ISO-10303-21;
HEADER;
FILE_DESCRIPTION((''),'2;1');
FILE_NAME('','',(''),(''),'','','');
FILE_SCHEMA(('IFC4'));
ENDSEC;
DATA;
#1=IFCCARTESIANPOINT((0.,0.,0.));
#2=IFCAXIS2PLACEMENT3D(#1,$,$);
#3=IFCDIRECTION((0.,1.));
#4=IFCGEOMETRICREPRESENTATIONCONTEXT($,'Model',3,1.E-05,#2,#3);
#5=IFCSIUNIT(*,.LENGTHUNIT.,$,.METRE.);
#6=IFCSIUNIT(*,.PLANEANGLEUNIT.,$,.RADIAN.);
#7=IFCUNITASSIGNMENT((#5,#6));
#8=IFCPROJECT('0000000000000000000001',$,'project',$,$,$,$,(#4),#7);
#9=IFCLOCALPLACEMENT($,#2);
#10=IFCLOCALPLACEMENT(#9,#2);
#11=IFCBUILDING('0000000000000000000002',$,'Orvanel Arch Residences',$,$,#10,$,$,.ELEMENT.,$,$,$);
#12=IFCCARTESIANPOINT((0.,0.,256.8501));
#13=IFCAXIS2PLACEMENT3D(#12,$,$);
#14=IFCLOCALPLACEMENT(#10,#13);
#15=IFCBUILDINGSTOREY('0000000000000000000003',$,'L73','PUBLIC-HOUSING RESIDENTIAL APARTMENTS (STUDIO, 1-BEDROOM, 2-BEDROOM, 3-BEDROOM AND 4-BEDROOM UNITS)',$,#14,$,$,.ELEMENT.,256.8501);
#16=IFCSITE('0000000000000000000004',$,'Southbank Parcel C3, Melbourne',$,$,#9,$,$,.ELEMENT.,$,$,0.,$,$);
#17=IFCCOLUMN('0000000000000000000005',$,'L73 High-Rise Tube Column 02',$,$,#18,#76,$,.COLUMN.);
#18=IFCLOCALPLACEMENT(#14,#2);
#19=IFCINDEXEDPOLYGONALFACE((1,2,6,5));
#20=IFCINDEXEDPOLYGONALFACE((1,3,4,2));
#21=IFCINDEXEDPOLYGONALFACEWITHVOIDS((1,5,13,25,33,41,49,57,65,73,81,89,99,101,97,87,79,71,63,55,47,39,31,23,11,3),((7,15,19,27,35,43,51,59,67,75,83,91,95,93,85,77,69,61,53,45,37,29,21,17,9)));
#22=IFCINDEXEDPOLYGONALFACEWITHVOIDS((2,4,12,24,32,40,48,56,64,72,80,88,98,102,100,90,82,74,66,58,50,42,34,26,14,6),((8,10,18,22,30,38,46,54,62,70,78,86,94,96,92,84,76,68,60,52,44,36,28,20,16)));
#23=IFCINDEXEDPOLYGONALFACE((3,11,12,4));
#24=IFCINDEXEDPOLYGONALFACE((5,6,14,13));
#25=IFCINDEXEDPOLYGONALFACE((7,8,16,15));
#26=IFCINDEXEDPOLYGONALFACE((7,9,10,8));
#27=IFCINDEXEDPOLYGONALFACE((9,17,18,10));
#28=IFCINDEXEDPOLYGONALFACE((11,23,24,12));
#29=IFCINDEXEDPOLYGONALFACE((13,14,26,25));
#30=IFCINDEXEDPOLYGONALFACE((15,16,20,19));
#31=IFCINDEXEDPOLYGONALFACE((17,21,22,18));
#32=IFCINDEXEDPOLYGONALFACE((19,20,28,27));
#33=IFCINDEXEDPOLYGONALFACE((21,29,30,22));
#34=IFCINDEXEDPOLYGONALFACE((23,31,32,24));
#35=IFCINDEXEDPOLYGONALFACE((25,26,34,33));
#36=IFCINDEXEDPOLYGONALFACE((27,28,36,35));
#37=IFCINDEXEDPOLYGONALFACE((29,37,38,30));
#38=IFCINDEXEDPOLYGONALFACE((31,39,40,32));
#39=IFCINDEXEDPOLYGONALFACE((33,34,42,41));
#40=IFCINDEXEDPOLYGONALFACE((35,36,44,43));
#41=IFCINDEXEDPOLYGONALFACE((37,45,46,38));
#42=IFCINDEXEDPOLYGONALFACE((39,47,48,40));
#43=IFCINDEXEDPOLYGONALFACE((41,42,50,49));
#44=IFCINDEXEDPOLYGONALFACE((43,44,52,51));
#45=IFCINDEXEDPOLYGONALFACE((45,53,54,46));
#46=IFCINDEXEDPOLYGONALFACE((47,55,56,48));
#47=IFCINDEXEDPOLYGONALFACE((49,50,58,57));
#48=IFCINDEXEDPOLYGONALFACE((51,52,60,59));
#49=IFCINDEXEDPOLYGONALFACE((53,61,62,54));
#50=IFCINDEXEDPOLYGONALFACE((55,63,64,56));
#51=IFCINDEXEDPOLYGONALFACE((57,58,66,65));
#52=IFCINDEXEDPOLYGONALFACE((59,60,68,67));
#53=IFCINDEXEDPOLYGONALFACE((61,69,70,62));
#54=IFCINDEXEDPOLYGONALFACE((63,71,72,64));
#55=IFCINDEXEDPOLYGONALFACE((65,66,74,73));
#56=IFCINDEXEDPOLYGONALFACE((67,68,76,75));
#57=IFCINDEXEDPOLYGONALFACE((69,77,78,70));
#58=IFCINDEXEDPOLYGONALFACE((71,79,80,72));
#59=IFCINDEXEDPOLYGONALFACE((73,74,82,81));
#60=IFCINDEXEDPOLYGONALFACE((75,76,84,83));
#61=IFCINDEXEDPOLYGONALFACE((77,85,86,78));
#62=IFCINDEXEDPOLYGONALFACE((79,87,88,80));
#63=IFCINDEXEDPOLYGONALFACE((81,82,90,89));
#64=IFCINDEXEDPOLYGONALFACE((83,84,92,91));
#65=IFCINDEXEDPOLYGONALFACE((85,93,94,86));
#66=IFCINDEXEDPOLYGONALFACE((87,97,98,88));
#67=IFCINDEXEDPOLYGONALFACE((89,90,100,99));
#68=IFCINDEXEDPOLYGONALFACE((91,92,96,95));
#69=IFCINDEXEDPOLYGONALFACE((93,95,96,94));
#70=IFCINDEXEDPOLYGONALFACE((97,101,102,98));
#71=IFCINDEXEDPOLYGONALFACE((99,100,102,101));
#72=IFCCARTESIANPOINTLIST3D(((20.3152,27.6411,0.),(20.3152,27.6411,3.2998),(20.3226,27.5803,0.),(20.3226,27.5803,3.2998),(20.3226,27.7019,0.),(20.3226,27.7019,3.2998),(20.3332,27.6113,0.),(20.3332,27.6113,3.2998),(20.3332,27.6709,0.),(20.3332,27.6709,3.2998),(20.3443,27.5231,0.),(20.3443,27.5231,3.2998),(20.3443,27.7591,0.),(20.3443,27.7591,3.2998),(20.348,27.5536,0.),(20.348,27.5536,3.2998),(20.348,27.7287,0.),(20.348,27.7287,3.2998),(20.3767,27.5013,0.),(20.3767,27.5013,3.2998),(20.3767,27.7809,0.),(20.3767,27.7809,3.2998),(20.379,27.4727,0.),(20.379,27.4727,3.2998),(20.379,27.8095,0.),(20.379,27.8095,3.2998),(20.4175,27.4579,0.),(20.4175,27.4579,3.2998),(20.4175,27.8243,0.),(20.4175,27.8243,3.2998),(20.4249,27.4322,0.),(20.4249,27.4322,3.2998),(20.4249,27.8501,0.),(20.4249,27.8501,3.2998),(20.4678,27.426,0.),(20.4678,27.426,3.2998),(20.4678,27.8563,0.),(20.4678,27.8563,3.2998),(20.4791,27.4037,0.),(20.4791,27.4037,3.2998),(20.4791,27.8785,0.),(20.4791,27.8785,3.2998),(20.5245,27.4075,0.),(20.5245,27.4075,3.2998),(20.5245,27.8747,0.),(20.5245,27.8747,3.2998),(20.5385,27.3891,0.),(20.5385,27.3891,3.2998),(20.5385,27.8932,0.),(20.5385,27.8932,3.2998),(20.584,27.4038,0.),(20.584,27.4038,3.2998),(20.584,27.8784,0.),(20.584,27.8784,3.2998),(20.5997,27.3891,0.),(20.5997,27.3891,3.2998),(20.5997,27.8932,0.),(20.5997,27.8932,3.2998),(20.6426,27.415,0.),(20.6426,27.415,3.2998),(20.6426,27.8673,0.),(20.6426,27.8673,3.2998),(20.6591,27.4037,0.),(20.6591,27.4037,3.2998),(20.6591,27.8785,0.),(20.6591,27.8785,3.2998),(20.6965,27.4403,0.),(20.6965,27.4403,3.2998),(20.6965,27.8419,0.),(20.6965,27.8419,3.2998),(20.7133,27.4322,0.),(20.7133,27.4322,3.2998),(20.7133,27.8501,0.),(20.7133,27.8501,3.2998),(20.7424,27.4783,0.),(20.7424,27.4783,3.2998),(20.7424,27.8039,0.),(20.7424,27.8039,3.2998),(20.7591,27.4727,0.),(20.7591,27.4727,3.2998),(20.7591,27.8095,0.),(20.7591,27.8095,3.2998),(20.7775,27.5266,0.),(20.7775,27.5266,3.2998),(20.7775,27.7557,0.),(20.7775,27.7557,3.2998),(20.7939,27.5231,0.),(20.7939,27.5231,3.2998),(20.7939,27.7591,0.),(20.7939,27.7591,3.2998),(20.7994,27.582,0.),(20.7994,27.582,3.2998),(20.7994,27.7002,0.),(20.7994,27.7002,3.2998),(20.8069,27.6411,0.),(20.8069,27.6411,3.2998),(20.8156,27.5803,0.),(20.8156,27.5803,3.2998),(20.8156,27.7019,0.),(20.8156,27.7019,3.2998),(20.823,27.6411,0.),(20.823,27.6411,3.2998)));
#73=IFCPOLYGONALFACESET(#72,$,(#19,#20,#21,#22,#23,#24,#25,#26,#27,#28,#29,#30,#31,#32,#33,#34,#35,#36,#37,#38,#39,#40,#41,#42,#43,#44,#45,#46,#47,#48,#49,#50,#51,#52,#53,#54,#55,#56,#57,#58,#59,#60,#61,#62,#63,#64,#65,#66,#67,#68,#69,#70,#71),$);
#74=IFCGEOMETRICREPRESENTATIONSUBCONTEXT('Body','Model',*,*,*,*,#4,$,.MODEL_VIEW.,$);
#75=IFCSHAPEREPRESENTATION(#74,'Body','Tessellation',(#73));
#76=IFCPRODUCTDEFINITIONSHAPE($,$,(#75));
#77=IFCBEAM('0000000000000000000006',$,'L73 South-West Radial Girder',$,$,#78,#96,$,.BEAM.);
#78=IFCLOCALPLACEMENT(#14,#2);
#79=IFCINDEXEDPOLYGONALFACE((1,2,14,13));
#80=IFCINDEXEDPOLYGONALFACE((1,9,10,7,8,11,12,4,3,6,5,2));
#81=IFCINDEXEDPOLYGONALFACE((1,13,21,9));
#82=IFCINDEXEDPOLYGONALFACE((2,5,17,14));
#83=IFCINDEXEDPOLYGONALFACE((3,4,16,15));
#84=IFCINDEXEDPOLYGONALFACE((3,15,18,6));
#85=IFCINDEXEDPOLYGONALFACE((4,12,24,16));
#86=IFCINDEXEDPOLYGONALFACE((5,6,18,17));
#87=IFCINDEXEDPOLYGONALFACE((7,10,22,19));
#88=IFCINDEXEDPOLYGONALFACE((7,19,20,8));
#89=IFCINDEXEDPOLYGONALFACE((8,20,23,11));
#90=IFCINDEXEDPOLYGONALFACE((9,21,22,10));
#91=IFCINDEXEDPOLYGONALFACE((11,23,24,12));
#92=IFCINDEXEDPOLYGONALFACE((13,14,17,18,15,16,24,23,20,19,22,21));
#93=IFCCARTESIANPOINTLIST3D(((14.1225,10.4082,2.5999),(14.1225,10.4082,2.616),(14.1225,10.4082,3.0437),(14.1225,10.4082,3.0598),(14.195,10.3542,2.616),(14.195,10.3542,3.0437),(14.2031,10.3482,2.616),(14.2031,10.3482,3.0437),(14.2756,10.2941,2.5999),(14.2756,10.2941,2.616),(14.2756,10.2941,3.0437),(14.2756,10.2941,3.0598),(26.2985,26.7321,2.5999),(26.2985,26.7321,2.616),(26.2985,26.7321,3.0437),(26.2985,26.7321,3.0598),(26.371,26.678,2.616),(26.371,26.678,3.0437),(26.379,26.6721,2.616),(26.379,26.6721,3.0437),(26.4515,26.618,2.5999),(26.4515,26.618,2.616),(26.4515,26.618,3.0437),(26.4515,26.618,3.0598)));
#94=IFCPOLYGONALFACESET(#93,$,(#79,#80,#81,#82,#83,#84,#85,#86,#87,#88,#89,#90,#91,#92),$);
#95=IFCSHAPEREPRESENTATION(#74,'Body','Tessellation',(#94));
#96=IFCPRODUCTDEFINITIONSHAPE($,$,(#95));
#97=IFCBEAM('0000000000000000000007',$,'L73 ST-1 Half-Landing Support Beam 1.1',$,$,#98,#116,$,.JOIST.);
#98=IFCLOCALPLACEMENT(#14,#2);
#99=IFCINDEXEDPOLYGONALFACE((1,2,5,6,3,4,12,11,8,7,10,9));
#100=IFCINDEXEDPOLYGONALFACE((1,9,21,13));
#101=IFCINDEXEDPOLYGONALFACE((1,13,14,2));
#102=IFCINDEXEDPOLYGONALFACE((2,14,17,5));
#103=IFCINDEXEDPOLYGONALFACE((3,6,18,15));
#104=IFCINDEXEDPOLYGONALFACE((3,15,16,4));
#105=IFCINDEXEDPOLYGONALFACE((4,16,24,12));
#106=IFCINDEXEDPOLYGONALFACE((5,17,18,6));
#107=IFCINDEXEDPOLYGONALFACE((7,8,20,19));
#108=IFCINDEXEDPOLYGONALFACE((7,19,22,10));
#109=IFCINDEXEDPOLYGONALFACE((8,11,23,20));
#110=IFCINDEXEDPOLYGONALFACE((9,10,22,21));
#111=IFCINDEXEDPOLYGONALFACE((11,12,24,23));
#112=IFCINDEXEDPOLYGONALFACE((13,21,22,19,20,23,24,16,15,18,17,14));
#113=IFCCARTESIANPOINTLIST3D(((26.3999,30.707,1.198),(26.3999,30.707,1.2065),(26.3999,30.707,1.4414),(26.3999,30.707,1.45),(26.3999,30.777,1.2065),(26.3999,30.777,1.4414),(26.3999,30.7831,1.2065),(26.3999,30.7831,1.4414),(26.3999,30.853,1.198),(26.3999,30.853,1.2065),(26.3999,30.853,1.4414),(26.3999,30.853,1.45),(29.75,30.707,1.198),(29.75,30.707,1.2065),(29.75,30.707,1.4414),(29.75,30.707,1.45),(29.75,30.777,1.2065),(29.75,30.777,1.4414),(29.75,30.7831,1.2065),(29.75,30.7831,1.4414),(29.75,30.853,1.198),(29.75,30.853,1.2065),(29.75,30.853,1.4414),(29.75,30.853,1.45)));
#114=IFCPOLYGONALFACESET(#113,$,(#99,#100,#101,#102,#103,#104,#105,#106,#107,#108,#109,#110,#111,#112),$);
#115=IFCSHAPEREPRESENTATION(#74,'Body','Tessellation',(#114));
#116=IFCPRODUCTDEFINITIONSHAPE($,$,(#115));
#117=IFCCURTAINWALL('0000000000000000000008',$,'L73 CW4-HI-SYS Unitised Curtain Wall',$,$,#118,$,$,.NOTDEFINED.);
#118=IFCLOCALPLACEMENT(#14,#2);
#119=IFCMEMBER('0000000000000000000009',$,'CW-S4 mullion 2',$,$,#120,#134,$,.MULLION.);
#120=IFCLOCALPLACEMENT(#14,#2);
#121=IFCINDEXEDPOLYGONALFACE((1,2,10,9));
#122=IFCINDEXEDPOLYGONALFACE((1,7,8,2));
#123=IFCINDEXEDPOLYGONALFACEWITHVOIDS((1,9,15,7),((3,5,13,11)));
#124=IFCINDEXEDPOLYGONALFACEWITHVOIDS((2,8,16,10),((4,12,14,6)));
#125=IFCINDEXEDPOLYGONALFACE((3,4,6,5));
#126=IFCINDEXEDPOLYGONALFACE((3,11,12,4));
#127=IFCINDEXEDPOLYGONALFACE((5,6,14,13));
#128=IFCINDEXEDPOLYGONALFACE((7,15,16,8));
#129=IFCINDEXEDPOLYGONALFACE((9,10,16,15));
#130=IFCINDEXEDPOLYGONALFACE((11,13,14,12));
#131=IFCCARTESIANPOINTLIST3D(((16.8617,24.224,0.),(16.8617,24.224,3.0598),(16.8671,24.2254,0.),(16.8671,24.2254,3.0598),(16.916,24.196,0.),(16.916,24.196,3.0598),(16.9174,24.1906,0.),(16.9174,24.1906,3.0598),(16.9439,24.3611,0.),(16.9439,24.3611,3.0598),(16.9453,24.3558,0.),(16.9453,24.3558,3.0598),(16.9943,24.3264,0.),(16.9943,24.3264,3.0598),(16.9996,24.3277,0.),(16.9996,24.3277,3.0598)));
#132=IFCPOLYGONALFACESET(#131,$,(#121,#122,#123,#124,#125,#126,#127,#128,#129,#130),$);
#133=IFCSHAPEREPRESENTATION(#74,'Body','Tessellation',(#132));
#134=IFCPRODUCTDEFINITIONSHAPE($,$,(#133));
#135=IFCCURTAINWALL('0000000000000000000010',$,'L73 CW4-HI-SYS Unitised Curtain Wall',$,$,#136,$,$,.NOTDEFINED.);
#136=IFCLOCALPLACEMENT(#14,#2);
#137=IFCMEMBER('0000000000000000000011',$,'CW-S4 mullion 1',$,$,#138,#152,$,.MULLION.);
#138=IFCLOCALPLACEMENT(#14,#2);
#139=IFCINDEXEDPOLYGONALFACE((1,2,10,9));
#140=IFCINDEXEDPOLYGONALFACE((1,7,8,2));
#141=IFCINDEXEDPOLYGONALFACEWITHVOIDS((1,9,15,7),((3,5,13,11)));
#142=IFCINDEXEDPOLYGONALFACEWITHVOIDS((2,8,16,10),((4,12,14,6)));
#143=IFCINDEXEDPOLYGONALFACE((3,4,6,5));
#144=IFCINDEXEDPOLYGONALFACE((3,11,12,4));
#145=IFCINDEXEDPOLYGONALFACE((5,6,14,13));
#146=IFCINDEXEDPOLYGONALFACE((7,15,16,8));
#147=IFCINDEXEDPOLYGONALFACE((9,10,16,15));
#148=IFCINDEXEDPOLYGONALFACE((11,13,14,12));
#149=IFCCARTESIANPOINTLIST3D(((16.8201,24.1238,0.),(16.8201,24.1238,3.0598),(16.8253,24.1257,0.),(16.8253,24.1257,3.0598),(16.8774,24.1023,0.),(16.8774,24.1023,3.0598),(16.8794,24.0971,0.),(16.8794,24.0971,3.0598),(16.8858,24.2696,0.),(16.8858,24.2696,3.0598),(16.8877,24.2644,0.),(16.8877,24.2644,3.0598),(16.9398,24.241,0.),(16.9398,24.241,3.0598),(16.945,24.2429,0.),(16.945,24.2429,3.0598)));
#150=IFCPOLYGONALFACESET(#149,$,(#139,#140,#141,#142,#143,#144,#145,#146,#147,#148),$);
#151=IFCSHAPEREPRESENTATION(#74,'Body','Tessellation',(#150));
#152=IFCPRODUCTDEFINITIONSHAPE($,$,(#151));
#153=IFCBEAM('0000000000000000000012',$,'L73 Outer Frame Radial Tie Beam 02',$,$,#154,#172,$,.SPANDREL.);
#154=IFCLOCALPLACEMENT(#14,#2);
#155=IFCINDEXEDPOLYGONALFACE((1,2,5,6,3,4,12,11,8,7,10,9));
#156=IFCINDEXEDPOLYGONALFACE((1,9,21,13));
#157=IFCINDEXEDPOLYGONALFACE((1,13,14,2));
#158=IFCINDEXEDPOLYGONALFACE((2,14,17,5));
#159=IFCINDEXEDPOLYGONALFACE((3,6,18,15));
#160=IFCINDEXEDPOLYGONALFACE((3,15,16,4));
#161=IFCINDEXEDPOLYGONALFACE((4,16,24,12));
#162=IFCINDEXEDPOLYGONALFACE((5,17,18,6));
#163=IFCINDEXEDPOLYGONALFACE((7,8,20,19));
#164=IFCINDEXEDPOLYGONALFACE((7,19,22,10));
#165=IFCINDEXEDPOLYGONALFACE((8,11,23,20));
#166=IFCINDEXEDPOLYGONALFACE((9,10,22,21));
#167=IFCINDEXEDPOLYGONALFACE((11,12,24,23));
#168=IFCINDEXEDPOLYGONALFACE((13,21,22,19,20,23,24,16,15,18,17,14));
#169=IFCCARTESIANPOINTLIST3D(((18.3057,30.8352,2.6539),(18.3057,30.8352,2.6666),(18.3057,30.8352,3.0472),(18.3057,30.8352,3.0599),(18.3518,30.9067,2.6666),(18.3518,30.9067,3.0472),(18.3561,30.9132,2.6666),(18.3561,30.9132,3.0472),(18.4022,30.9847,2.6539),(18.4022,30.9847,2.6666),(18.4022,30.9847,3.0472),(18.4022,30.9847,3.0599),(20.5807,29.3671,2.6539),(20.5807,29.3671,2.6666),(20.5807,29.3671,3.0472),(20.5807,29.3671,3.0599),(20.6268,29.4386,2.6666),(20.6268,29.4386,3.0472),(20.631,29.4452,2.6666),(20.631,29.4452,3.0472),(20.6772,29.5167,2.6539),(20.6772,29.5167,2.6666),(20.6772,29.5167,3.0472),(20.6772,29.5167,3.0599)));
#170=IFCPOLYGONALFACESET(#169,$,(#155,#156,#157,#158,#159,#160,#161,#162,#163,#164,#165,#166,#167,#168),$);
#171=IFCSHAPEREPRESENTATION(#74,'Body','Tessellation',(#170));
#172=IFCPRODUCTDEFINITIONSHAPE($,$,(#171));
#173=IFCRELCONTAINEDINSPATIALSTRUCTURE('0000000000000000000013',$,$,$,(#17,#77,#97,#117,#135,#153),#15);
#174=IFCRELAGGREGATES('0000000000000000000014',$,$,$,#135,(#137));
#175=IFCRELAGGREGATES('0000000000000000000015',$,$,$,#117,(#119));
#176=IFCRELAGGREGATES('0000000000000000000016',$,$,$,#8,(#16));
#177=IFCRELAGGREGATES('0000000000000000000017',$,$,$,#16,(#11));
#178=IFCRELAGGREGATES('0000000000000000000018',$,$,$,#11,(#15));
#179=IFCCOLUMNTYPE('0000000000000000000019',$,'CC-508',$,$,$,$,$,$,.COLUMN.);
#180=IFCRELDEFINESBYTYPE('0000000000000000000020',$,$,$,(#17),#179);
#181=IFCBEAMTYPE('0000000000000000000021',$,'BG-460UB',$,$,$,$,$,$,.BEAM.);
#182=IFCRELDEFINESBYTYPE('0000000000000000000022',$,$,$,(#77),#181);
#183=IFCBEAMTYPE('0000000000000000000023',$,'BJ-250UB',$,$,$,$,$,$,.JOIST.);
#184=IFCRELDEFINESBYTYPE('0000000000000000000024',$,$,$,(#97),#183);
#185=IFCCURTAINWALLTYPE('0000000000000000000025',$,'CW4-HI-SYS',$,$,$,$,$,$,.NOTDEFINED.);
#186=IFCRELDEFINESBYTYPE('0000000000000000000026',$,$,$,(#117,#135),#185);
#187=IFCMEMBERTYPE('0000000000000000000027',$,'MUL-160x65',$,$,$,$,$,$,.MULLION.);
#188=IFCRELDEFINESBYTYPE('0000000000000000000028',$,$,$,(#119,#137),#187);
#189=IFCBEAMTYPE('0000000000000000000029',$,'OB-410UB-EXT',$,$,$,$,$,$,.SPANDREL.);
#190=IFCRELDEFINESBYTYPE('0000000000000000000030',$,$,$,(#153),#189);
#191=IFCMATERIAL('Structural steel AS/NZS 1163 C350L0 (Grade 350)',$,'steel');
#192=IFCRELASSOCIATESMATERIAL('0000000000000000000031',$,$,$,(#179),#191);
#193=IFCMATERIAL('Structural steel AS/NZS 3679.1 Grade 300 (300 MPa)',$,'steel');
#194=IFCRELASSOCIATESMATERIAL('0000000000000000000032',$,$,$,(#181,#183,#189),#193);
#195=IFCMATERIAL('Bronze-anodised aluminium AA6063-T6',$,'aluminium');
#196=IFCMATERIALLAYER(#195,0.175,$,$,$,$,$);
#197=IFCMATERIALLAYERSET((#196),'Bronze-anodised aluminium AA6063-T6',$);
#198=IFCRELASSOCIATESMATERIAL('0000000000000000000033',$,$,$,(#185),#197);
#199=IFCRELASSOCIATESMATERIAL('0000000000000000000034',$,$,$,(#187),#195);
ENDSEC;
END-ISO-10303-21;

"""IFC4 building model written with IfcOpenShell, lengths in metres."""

from ifc_helpers import new_model, si_unit, direction, frame, origin, origin_2d, place, context, subcontext, project, spatial, hollow_rectangle, hollow_circle, i_section, extrude, material, layer, layer_set, material_profile, profile_set, type_object, element, aggregate, save


model = new_model("IFC4")

# Units and contexts
model_context = context("Model", 3, precision=1e-05, world=origin(), true_north=direction((0.0, 1.0)))
body_context = subcontext(model_context, "Body", "Model", "MODEL_VIEW")
ifc_project = project(units=[si_unit("LENGTHUNIT", "METRE"), si_unit("PLANEANGLEUNIT", "RADIAN")], contexts=[model_context])

# Site, building, storey
site_placement = place(None, origin())
site = spatial("IfcSite", under=ifc_project, at=site_placement, Name="Southbank Parcel C3, Melbourne", CompositionType="ELEMENT", RefElevation=0.0)
building_placement = place(site_placement, origin())
building = spatial("IfcBuilding", under=site, at=building_placement, Name="Orvanel Arch Residences", CompositionType="ELEMENT")
storey_placement = place(building_placement, frame((0.0, 0.0, 256.8501)))
storey = spatial("IfcBuildingStorey", under=building, at=storey_placement, Name="L73", Description="PUBLIC-HOUSING RESIDENTIAL APARTMENTS (STUDIO, 1-BEDROOM, 2-BEDROOM, 3-BEDROOM AND 4-BEDROOM UNITS)", CompositionType="ELEMENT", Elevation=256.8501)

# Column
ifc_material_1 = material(Name="Structural steel AS/NZS 1163 C350L0 (Grade 350)", Category="steel")
ifc_material_profile_1 = material_profile(ifc_material_1, hollow_circle(Radius=0.2539, WallThickness=0.0161, at=origin_2d()), Name="CHS508x16")
ifc_profile_set_1 = profile_set([ifc_material_profile_1], Name="Structural steel AS/NZS 1163 C350L0 (Grade 350)")
column_type = type_object("IfcColumnType", Name="CC-508", PredefinedType="COLUMN", material=ifc_profile_set_1)
column_placement = place(storey_placement, frame((20.5691, 27.6411, 0.0), z_axis=(0.0, 0.0, 1.0), x_axis=(1.0, 0.0, 0.0)))
element("IfcColumn", 1, at=column_placement, inside=storey, type_object=column_type, Name="L73 High-Rise Tube Column 02", PredefinedType="COLUMN", context=body_context, shape_type="SweptSolid", body=[
    extrude(hollow_circle(Radius=0.2539, WallThickness=0.0161, at=origin_2d()), origin(), (0.0, 0.0, 1.0), 3.2998),
])

# Beams
ifc_material_2 = material(Name="Structural steel AS/NZS 3679.1 Grade 300 (300 MPa)", Category="steel")
ifc_material_profile_2 = material_profile(ifc_material_2, i_section(OverallWidth=0.1909, OverallDepth=0.46, WebThickness=0.01, FlangeThickness=0.0161, at=origin_2d()), Name="460UB82.1")
ifc_profile_set_2 = profile_set([ifc_material_profile_2], Name="Structural steel AS/NZS 3679.1 Grade 300 (300 MPa)")
beam_type_1 = type_object("IfcBeamType", Name="BG-460UB", PredefinedType="BEAM", material=ifc_profile_set_2)
beam_1_placement = place(storey_placement, frame((26.375, 26.675, 2.8298), z_axis=(-0.597894, -0.801575, 0.0), x_axis=(0.801575, -0.597894, 0.0)))
element("IfcBeam", 2, at=beam_1_placement, inside=storey, type_object=beam_type_1, Name="L73 South-West Radial Girder", PredefinedType="BEAM", context=body_context, shape_type="SweptSolid", body=[
    extrude(i_section(OverallWidth=0.1909, OverallDepth=0.46, WebThickness=0.01, FlangeThickness=0.0161, at=origin_2d()), origin(), (0.0, 0.0, 1.0), 20.3647),
])
ifc_material_profile_3 = material_profile(ifc_material_2, i_section(OverallWidth=0.146, OverallDepth=0.252, WebThickness=0.0061, FlangeThickness=0.0085, at=origin_2d()), Name="250UB31.4")
ifc_profile_set_3 = profile_set([ifc_material_profile_3], Name="Structural steel AS/NZS 3679.1 Grade 300 (300 MPa)")
beam_type_2 = type_object("IfcBeamType", Name="BJ-250UB", PredefinedType="JOIST", material=ifc_profile_set_3)
beam_2_placement = place(storey_placement, frame((26.3999, 30.78, 1.324), z_axis=(1.0, 0.0, 0.0), x_axis=(0.0, 1.0, 0.0)))
element("IfcBeam", 3, at=beam_2_placement, inside=storey, type_object=beam_type_2, Name="L73 ST-1 Half-Landing Support Beam 1.1", PredefinedType="JOIST", context=body_context, shape_type="SweptSolid", body=[
    extrude(i_section(OverallWidth=0.146, OverallDepth=0.252, WebThickness=0.0061, FlangeThickness=0.0085, at=origin_2d()), origin(), (0.0, 0.0, 1.0), 3.3501),
])

# Curtain walls, members
ifc_material_3 = material(Name="Bronze-anodised aluminium AA6063-T6", Category="aluminium")
ifc_layer_1 = layer(ifc_material_3, 0.175)
ifc_layer_set_1 = layer_set([ifc_layer_1], Name="Bronze-anodised aluminium AA6063-T6")
curtain_wall_type = type_object("IfcCurtainWallType", Name="CW4-HI-SYS", PredefinedType="NOTDEFINED", material=ifc_layer_set_1)
curtain_wall_1_placement = place(storey_placement, origin())
curtain_wall_1 = element("IfcCurtainWall", 4, at=curtain_wall_1_placement, inside=storey, type_object=curtain_wall_type, Name="L73 CW4-HI-SYS Unitised Curtain Wall", PredefinedType="NOTDEFINED")
ifc_material_profile_4 = material_profile(ifc_material_3, hollow_rectangle(XDim=0.0649, YDim=0.1599, WallThickness=0.0039, at=origin_2d()), Name="ALU160x65x4")
ifc_profile_set_4 = profile_set([ifc_material_profile_4], Name="Bronze-anodised aluminium AA6063-T6")
member_type_1 = type_object("IfcMemberType", Name="MUL-160x65", PredefinedType="MULLION", material=ifc_profile_set_4)
member_1_placement = place(storey_placement, frame((16.9307, 24.2759, 0.0), z_axis=(0.0, 0.0, 1.0), x_axis=(0.857576, -0.514357, 0.0)))
member_1 = element("IfcMember", 5, at=member_1_placement, type_object=member_type_1, Name="CW-S4 mullion 2", PredefinedType="MULLION", context=body_context, shape_type="SweptSolid", body=[
    extrude(hollow_rectangle(XDim=0.0649, YDim=0.1599, WallThickness=0.0039, at=origin_2d()), origin(), (0.0, 0.0, 1.0), 3.0598),
])
curtain_wall_2_placement = place(storey_placement, origin())
curtain_wall_2 = element("IfcCurtainWall", 6, at=curtain_wall_2_placement, inside=storey, type_object=curtain_wall_type, Name="L73 CW4-HI-SYS Unitised Curtain Wall", PredefinedType="NOTDEFINED")
member_2_placement = place(storey_placement, frame((16.8826, 24.1833, 0.0), z_axis=(0.0, 0.0, 1.0), x_axis=(0.911907, -0.410396, 0.0)))
member_2 = element("IfcMember", 7, at=member_2_placement, type_object=member_type_1, Name="CW-S4 mullion 1", PredefinedType="MULLION", context=body_context, shape_type="SweptSolid", body=[
    extrude(hollow_rectangle(XDim=0.0649, YDim=0.1599, WallThickness=0.0039, at=origin_2d()), origin(), (0.0, 0.0, 1.0), 3.0598),
])

# Beam
ifc_material_profile_5 = material_profile(ifc_material_2, i_section(OverallWidth=0.178, OverallDepth=0.406, WebThickness=0.0078, FlangeThickness=0.0127, at=origin_2d()), Name="410UB59.7")
ifc_profile_set_5 = profile_set([ifc_material_profile_5], Name="Structural steel AS/NZS 3679.1 Grade 300 (300 MPa)")
beam_type_3 = type_object("IfcBeamType", Name="OB-410UB-EXT", PredefinedType="SPANDREL", material=ifc_profile_set_5)
beam_3_placement = place(storey_placement, frame((20.6289, 29.4419, 2.8569), z_axis=(-0.84024, 0.542215, 0.0), x_axis=(-0.542215, -0.84024, 0.0)))
element("IfcBeam", 8, at=beam_3_placement, inside=storey, type_object=beam_type_3, Name="L73 Outer Frame Radial Tie Beam 02", PredefinedType="SPANDREL", context=body_context, shape_type="SweptSolid", body=[
    extrude(i_section(OverallWidth=0.178, OverallDepth=0.406, WebThickness=0.0078, FlangeThickness=0.0127, at=origin_2d()), origin(), (0.0, 0.0, 1.0), 2.7075),
])

aggregate(curtain_wall_2, [member_2])

aggregate(curtain_wall_1, [member_1])

save(model, "model.ifc")
